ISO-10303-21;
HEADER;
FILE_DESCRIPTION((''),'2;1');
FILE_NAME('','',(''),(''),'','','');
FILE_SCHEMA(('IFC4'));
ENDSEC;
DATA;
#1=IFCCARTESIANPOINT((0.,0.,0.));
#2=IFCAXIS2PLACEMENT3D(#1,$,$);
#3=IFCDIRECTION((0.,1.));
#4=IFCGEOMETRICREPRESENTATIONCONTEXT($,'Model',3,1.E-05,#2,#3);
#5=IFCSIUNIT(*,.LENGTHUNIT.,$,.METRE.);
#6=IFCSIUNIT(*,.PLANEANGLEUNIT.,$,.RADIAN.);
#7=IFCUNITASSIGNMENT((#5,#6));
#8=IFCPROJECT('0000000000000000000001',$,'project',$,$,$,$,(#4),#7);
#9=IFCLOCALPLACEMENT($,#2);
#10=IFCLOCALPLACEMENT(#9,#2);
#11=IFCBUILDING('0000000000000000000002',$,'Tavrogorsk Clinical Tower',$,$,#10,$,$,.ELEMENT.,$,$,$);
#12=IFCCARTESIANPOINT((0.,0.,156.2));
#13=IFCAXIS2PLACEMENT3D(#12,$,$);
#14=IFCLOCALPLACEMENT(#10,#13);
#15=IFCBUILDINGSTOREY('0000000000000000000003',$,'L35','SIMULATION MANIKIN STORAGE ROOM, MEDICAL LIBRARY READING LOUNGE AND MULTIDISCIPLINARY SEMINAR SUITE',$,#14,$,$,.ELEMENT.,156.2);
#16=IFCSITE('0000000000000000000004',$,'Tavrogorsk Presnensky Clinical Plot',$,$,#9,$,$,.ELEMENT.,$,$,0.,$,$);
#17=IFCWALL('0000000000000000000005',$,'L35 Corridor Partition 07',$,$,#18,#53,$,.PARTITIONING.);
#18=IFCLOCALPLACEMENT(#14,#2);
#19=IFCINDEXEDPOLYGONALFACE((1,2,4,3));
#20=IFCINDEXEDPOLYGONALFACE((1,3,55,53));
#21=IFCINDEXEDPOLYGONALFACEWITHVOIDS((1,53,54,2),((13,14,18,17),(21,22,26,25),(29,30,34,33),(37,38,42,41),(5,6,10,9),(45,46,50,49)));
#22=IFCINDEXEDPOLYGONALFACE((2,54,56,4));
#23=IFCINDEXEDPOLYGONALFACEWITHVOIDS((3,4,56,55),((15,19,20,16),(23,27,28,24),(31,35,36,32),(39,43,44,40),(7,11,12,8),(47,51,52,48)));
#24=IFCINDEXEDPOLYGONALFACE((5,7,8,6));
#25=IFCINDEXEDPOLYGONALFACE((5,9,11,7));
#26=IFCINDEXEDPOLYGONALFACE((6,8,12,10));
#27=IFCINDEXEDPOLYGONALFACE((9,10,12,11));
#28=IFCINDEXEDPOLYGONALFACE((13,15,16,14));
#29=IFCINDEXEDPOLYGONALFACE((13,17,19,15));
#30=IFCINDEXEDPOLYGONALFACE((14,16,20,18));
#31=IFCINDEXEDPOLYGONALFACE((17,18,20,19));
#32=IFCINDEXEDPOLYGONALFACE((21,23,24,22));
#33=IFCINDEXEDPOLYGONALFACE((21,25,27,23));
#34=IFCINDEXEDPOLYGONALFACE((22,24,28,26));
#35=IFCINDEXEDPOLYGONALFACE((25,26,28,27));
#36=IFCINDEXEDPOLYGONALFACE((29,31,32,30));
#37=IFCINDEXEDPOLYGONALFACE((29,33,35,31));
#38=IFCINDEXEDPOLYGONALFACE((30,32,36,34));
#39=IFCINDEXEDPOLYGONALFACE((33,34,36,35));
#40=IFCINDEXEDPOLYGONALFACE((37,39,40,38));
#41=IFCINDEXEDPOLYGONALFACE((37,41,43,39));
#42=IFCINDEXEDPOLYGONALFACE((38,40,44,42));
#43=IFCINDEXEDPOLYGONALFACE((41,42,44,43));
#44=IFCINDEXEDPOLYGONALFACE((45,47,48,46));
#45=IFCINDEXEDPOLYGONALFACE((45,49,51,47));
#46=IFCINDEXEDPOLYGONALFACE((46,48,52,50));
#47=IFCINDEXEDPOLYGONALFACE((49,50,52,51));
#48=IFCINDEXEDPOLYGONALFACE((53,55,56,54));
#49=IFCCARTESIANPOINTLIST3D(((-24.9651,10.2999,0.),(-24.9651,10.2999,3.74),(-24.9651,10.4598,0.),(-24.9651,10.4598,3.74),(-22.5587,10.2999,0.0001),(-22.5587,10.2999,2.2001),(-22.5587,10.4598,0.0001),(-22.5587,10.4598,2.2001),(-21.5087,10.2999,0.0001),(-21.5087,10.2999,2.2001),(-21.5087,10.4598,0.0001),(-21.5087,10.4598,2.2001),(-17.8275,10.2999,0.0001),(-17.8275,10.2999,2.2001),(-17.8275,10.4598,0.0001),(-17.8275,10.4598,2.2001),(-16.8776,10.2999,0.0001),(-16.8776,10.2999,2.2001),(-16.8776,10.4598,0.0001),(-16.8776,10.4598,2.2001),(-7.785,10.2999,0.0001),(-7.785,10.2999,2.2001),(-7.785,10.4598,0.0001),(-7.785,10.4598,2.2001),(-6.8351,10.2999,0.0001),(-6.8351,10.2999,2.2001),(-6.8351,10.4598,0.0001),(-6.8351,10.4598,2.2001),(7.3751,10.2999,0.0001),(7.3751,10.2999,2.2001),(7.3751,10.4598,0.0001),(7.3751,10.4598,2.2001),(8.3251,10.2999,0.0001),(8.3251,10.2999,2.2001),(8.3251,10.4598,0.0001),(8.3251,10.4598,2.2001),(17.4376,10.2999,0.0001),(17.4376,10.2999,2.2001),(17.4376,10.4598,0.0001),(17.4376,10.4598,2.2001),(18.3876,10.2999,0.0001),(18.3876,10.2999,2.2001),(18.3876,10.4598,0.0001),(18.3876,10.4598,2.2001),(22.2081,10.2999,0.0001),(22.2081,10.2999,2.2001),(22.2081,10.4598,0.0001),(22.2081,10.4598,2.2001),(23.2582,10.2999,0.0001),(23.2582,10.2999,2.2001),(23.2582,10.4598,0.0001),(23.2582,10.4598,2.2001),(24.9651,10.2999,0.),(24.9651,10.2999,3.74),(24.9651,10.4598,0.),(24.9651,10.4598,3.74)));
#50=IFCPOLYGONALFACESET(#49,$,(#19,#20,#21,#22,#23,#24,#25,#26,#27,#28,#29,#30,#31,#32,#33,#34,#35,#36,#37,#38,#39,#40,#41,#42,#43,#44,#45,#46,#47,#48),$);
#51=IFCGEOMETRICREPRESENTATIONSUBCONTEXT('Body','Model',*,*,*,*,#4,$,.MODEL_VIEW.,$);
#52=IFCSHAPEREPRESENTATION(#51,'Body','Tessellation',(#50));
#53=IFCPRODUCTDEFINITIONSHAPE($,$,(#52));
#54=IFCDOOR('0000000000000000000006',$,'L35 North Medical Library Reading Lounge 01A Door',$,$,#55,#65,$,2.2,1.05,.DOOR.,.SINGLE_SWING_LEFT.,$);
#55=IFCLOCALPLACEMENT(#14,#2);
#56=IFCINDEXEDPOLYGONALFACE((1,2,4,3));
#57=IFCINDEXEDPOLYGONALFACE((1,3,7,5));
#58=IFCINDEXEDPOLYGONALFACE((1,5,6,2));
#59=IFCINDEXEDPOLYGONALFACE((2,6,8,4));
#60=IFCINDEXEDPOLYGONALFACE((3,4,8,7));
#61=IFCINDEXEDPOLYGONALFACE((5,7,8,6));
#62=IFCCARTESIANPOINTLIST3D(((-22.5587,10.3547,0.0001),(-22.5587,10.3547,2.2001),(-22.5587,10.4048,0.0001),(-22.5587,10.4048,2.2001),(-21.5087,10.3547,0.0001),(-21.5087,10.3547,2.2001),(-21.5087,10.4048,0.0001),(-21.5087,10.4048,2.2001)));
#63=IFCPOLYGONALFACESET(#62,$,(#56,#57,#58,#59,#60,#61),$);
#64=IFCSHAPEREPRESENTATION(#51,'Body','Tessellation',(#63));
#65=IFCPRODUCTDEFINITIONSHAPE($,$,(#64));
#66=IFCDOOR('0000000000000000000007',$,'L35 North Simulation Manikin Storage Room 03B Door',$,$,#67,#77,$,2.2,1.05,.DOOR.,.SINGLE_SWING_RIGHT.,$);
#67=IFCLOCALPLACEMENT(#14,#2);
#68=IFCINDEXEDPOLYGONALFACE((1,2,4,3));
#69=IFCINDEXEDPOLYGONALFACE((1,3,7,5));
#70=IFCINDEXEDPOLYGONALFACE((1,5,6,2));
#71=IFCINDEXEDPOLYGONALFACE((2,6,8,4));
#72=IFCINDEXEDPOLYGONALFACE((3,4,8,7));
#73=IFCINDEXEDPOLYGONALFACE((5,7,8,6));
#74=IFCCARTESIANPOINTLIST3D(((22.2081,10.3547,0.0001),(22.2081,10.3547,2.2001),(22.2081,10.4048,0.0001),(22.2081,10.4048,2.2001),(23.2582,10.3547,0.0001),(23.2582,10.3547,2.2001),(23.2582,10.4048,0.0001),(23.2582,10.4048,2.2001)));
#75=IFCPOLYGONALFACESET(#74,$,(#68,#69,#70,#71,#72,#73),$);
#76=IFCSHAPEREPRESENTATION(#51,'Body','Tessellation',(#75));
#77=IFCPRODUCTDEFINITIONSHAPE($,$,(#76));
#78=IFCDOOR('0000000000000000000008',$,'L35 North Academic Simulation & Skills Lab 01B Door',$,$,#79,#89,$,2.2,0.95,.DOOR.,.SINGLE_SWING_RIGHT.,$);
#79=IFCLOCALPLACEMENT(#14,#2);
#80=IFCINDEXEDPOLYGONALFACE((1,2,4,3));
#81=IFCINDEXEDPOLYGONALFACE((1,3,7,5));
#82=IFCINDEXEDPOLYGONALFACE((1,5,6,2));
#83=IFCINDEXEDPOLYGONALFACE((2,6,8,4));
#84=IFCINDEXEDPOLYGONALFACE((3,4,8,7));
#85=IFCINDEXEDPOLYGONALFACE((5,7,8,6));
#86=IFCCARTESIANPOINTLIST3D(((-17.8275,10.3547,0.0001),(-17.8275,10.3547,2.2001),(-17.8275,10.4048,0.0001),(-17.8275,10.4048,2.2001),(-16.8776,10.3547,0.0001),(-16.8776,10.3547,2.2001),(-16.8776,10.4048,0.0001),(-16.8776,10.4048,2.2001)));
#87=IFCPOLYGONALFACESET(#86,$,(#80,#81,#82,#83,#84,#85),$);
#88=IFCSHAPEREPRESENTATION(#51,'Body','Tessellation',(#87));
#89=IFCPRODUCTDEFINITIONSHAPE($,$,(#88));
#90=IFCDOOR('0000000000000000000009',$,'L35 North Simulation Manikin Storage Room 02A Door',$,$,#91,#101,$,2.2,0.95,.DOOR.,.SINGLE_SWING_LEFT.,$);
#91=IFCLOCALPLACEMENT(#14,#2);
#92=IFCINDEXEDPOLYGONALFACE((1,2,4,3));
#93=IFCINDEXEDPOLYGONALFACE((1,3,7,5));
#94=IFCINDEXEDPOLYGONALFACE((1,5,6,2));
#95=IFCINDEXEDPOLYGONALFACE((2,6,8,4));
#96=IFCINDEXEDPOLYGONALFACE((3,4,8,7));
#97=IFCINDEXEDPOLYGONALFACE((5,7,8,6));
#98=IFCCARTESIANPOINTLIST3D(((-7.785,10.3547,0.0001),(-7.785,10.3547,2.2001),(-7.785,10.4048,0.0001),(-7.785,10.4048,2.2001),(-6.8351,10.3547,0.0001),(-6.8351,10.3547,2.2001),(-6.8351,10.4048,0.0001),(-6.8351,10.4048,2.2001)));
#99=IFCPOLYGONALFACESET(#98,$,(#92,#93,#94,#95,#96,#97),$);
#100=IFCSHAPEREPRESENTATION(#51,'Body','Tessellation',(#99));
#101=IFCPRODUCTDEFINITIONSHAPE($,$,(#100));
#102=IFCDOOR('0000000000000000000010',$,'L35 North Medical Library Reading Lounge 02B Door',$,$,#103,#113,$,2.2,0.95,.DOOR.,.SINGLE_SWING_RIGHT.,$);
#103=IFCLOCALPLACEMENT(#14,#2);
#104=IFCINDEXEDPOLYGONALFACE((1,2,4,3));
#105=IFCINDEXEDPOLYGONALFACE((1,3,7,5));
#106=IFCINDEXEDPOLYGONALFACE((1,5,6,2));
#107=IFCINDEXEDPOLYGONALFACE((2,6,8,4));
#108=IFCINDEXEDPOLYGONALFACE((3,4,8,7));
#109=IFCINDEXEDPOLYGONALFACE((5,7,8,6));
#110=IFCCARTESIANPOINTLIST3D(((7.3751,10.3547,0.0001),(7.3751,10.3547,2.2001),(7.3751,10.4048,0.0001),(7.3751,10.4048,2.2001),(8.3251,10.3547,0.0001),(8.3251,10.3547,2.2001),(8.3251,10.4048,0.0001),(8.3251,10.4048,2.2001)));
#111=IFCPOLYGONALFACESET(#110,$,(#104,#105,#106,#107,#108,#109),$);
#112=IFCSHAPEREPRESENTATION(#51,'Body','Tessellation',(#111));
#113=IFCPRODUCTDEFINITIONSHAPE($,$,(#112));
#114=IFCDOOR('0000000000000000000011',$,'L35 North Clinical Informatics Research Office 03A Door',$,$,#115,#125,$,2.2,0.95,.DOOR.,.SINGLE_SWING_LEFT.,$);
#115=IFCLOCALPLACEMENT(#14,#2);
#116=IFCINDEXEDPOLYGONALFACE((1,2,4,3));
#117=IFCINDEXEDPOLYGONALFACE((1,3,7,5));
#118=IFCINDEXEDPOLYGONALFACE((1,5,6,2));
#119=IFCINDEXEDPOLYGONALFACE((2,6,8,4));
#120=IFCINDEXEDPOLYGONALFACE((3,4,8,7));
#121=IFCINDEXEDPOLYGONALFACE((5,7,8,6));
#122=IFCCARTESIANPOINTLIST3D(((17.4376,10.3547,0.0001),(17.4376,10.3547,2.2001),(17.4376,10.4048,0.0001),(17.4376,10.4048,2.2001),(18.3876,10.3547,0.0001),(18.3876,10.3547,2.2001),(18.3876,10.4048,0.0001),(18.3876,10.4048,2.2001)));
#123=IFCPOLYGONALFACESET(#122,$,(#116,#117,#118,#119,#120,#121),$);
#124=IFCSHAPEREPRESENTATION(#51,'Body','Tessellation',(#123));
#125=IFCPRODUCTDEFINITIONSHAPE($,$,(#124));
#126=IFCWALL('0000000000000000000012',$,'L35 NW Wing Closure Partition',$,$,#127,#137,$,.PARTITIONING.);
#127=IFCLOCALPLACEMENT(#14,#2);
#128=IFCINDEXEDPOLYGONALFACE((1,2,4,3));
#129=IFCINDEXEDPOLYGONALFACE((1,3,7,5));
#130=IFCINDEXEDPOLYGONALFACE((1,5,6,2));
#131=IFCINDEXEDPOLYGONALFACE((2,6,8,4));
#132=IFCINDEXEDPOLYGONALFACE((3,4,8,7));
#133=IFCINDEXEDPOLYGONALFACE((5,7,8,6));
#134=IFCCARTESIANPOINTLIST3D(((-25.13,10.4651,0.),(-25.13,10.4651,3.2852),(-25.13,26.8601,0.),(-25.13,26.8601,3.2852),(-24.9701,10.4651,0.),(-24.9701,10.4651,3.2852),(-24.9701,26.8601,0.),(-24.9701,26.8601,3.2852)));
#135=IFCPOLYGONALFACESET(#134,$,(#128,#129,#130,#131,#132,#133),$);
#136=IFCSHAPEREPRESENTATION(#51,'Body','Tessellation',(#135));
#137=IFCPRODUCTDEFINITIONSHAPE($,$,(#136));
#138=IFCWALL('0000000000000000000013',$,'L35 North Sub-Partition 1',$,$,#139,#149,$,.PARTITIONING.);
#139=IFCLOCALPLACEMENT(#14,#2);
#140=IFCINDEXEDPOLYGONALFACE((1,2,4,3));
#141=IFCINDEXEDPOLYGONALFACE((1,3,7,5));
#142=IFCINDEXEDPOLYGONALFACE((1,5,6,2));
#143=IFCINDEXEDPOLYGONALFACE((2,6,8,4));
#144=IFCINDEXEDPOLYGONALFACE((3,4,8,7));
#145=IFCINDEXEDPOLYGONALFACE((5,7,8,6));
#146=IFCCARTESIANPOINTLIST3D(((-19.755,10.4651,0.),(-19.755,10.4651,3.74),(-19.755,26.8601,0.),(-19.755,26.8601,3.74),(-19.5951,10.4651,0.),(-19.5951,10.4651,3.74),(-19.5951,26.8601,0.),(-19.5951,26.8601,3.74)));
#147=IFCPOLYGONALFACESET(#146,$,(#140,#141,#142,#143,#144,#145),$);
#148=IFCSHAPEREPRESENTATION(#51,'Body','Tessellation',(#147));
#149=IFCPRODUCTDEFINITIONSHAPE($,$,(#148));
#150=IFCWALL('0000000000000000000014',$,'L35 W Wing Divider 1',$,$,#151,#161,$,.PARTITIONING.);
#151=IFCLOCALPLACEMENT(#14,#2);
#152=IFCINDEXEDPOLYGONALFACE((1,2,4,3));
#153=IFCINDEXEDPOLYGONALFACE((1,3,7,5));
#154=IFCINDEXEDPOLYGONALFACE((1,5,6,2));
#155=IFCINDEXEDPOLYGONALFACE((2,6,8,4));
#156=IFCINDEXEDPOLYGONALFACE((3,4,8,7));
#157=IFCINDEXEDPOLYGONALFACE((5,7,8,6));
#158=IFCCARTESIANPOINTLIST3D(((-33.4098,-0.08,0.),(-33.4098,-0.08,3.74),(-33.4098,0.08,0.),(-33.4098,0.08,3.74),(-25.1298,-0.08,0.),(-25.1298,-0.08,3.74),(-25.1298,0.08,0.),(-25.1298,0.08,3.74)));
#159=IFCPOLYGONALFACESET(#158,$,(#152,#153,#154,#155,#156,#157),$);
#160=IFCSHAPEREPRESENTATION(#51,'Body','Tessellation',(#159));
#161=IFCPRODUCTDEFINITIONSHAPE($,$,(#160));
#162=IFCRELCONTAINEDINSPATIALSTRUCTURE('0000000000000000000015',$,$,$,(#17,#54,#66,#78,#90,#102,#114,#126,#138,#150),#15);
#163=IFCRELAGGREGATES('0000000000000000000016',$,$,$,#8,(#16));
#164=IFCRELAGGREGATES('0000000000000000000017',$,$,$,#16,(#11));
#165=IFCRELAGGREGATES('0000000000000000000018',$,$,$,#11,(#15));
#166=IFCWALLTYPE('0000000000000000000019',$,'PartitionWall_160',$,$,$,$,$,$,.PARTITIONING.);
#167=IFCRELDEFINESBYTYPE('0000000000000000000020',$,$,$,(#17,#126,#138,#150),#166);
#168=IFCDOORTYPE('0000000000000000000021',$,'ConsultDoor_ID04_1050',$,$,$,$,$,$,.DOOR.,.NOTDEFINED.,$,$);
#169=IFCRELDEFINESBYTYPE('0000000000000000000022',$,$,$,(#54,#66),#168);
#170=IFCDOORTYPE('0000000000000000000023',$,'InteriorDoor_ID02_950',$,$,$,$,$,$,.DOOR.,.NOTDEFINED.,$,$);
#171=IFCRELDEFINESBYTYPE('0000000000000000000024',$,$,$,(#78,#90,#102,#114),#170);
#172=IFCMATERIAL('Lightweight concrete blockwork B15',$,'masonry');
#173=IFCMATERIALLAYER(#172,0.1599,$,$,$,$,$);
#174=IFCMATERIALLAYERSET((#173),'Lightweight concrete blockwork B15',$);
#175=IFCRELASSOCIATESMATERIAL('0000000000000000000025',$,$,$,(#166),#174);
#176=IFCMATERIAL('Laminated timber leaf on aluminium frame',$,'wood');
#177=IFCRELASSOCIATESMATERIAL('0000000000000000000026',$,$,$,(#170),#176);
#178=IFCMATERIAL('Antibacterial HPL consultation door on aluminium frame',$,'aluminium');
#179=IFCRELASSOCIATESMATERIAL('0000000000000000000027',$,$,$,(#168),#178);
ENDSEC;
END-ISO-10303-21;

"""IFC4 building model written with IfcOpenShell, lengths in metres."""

from ifc_helpers import new_model, si_unit, direction, frame, frame_2d, origin, place, context, subcontext, project, spatial, rectangle, extrude, material, layer, layer_set, type_object, element, fill, save


model = new_model("IFC4")

# Units and contexts
model_context = context("Model", 3, precision=1e-05, world=origin(), true_north=direction((0.0, 1.0)))
body_context = subcontext(model_context, "Body", "Model", "MODEL_VIEW")
ifc_project = project(units=[si_unit("LENGTHUNIT", "METRE"), si_unit("PLANEANGLEUNIT", "RADIAN")], contexts=[model_context])

# Site, building, storey
site_placement = place(None, origin())
site = spatial("IfcSite", under=ifc_project, at=site_placement, Name="Tavrogorsk Presnensky Clinical Plot", CompositionType="ELEMENT", RefElevation=0.0)
building_placement = place(site_placement, origin())
building = spatial("IfcBuilding", under=site, at=building_placement, Name="Tavrogorsk Clinical Tower", CompositionType="ELEMENT")
storey_placement = place(building_placement, frame((0.0, 0.0, 156.2)))
storey = spatial("IfcBuildingStorey", under=building, at=storey_placement, Name="L35", Description="SIMULATION MANIKIN STORAGE ROOM, MEDICAL LIBRARY READING LOUNGE AND MULTIDISCIPLINARY SEMINAR SUITE", CompositionType="ELEMENT", Elevation=156.2)

# Shared definitions
ifc_material_1 = material(Name="Lightweight concrete blockwork B15", Category="masonry")
ifc_layer_1 = layer(ifc_material_1, 0.1599)
ifc_layer_set_1 = layer_set([ifc_layer_1], Name="Lightweight concrete blockwork B15")
wall_type_1 = type_object("IfcWallType", Name="PartitionWall_160", PredefinedType="PARTITIONING", material=ifc_layer_set_1)
ifc_material_2 = material(Name="Laminated timber leaf on aluminium frame", Category="wood")
door_type_1 = type_object("IfcDoorType", Name="InteriorDoor_ID02_950", OperationType="NOTDEFINED", PredefinedType="DOOR", material=ifc_material_2)

# Wall, openings, doors
wall_1_placement = place(storey_placement, frame((-24.9651, 10.3799, 0.0), z_axis=(0.0, 0.0, 1.0), x_axis=(1.0, 0.0, 0.0)))
wall_1 = element("IfcWall", 1, at=wall_1_placement, inside=storey, type_object=wall_type_1, Name="L35 Corridor Partition 07", PredefinedType="PARTITIONING", context=body_context, shape_type="SweptSolid", body=[
    extrude(rectangle(XDim=49.9302, YDim=0.1599, at=frame_2d((24.9651, 0.0))), origin(), (0.0, 0.0, 1.0), 3.74),
])
opening_1_placement = place(wall_1_placement, frame((2.4065, 0.0, 0.0)))
opening_1 = element("IfcOpeningElement", 2, at=opening_1_placement, cuts=wall_1, PredefinedType="OPENING", context=body_context, shape_type="SweptSolid", body=[
    extrude(rectangle(XDim=1.05, YDim=2.2, at=frame_2d((0.5249, 1.1001))), frame((0.0, 0.0898, 0.0), z_axis=(0.0, -1.0, 0.0), x_axis=(1.0, 0.0, 0.0)), (0.0, 0.0, 1.0), 0.1799),
])
opening_2_placement = place(wall_1_placement, frame((7.1375, 0.0, 0.0)))
opening_2 = element("IfcOpeningElement", 3, at=opening_2_placement, cuts=wall_1, PredefinedType="OPENING", context=body_context, shape_type="SweptSolid", body=[
    extrude(rectangle(XDim=0.95, YDim=2.2, at=frame_2d((0.4751, 1.1001))), frame((0.0, 0.0898, 0.0), z_axis=(0.0, -1.0, 0.0), x_axis=(1.0, 0.0, 0.0)), (0.0, 0.0, 1.0), 0.1799),
])
opening_3_placement = place(wall_1_placement, frame((17.1799, 0.0, 0.0)))
opening_3 = element("IfcOpeningElement", 4, at=opening_3_placement, cuts=wall_1, PredefinedType="OPENING", context=body_context, shape_type="SweptSolid", body=[
    extrude(rectangle(XDim=0.95, YDim=2.2, at=frame_2d((0.4751, 1.1001))), frame((0.0, 0.0898, 0.0), z_axis=(0.0, -1.0, 0.0), x_axis=(1.0, 0.0, 0.0)), (0.0, 0.0, 1.0), 0.1799),
])
opening_4_placement = place(wall_1_placement, frame((32.3401, 0.0, 0.0)))
opening_4 = element("IfcOpeningElement", 5, at=opening_4_placement, cuts=wall_1, PredefinedType="OPENING", context=body_context, shape_type="SweptSolid", body=[
    extrude(rectangle(XDim=0.95, YDim=2.2, at=frame_2d((0.4751, 1.1001))), frame((0.0, 0.0898, 0.0), z_axis=(0.0, -1.0, 0.0), x_axis=(1.0, 0.0, 0.0)), (0.0, 0.0, 1.0), 0.1799),
])
opening_5_placement = place(wall_1_placement, frame((42.4026, 0.0, 0.0)))
opening_5 = element("IfcOpeningElement", 6, at=opening_5_placement, cuts=wall_1, PredefinedType="OPENING", context=body_context, shape_type="SweptSolid", body=[
    extrude(rectangle(XDim=0.95, YDim=2.2, at=frame_2d((0.4751, 1.1001))), frame((0.0, 0.0898, 0.0), z_axis=(0.0, -1.0, 0.0), x_axis=(1.0, 0.0, 0.0)), (0.0, 0.0, 1.0), 0.1799),
])
opening_6_placement = place(wall_1_placement, frame((47.1733, 0.0, 0.0)))
opening_6 = element("IfcOpeningElement", 7, at=opening_6_placement, cuts=wall_1, PredefinedType="OPENING", context=body_context, shape_type="SweptSolid", body=[
    extrude(rectangle(XDim=1.05, YDim=2.2, at=frame_2d((0.5249, 1.1001))), frame((0.0, 0.0898, 0.0), z_axis=(0.0, -1.0, 0.0), x_axis=(1.0, 0.0, 0.0)), (0.0, 0.0, 1.0), 0.1799),
])
ifc_material_3 = material(Name="Antibacterial HPL consultation door on aluminium frame", Category="aluminium")
door_type_2 = type_object("IfcDoorType", Name="ConsultDoor_ID04_1050", OperationType="NOTDEFINED", PredefinedType="DOOR", material=ifc_material_3)
door_1_placement = place(opening_1_placement, origin())
door_1 = element("IfcDoor", 8, at=door_1_placement, inside=storey, type_object=door_type_2, Name="L35 North Medical Library Reading Lounge 01A Door", OperationType="SINGLE_SWING_LEFT", OverallHeight=2.2, OverallWidth=1.05, PredefinedType="DOOR", context=body_context, shape_type="SweptSolid", body=[
    extrude(rectangle(XDim=1.05, YDim=2.2, at=frame_2d((0.5249, 1.1001))), frame((0.0, 0.0249, 0.0), z_axis=(0.0, -1.0, 0.0), x_axis=(1.0, 0.0, 0.0)), (0.0, 0.0, 1.0), 0.05),
])
fill(opening_1, door_1)
door_2_placement = place(opening_6_placement, origin())
door_2 = element("IfcDoor", 9, at=door_2_placement, inside=storey, type_object=door_type_2, Name="L35 North Simulation Manikin Storage Room 03B Door", OperationType="SINGLE_SWING_RIGHT", OverallHeight=2.2, OverallWidth=1.05, PredefinedType="DOOR", context=body_context, shape_type="SweptSolid", body=[
    extrude(rectangle(XDim=1.05, YDim=2.2, at=frame_2d((0.5249, 1.1001))), frame((0.0, 0.0249, 0.0), z_axis=(0.0, -1.0, 0.0), x_axis=(1.0, 0.0, 0.0)), (0.0, 0.0, 1.0), 0.05),
])
fill(opening_6, door_2)
door_3_placement = place(opening_2_placement, origin())
door_3 = element("IfcDoor", 10, at=door_3_placement, inside=storey, type_object=door_type_1, Name="L35 North Academic Simulation & Skills Lab 01B Door", OperationType="SINGLE_SWING_RIGHT", OverallHeight=2.2, OverallWidth=0.95, PredefinedType="DOOR", context=body_context, shape_type="SweptSolid", body=[
    extrude(rectangle(XDim=0.95, YDim=2.2, at=frame_2d((0.4751, 1.1001))), frame((0.0, 0.0249, 0.0), z_axis=(0.0, -1.0, 0.0), x_axis=(1.0, 0.0, 0.0)), (0.0, 0.0, 1.0), 0.05),
])
fill(opening_2, door_3)
door_4_placement = place(opening_3_placement, origin())
door_4 = element("IfcDoor", 11, at=door_4_placement, inside=storey, type_object=door_type_1, Name="L35 North Simulation Manikin Storage Room 02A Door", OperationType="SINGLE_SWING_LEFT", OverallHeight=2.2, OverallWidth=0.95, PredefinedType="DOOR", context=body_context, shape_type="SweptSolid", body=[
    extrude(rectangle(XDim=0.95, YDim=2.2, at=frame_2d((0.4751, 1.1001))), frame((0.0, 0.0249, 0.0), z_axis=(0.0, -1.0, 0.0), x_axis=(1.0, 0.0, 0.0)), (0.0, 0.0, 1.0), 0.05),
])
fill(opening_3, door_4)
door_5_placement = place(opening_4_placement, origin())
door_5 = element("IfcDoor", 12, at=door_5_placement, inside=storey, type_object=door_type_1, Name="L35 North Medical Library Reading Lounge 02B Door", OperationType="SINGLE_SWING_RIGHT", OverallHeight=2.2, OverallWidth=0.95, PredefinedType="DOOR", context=body_context, shape_type="SweptSolid", body=[
    extrude(rectangle(XDim=0.95, YDim=2.2, at=frame_2d((0.4751, 1.1001))), frame((0.0, 0.0249, 0.0), z_axis=(0.0, -1.0, 0.0), x_axis=(1.0, 0.0, 0.0)), (0.0, 0.0, 1.0), 0.05),
])
fill(opening_4, door_5)
door_6_placement = place(opening_5_placement, origin())
door_6 = element("IfcDoor", 13, at=door_6_placement, inside=storey, type_object=door_type_1, Name="L35 North Clinical Informatics Research Office 03A Door", OperationType="SINGLE_SWING_LEFT", OverallHeight=2.2, OverallWidth=0.95, PredefinedType="DOOR", context=body_context, shape_type="SweptSolid", body=[
    extrude(rectangle(XDim=0.95, YDim=2.2, at=frame_2d((0.4751, 1.1001))), frame((0.0, 0.0249, 0.0), z_axis=(0.0, -1.0, 0.0), x_axis=(1.0, 0.0, 0.0)), (0.0, 0.0, 1.0), 0.05),
])
fill(opening_5, door_6)

# Walls
wall_2_placement = place(storey_placement, frame((-25.05, 10.4651, 0.0), z_axis=(0.0, 0.0, 1.0), x_axis=(0.0, 1.0, 0.0)))
element("IfcWall", 14, at=wall_2_placement, inside=storey, type_object=wall_type_1, Name="L35 NW Wing Closure Partition", PredefinedType="PARTITIONING", context=body_context, shape_type="SweptSolid", body=[
    extrude(rectangle(XDim=16.395, YDim=0.1599, at=frame_2d((8.1975, 0.0))), origin(), (0.0, 0.0, 1.0), 3.2852),
])
wall_3_placement = place(storey_placement, frame((-19.675, 10.4651, 0.0), z_axis=(0.0, 0.0, 1.0), x_axis=(0.0, 1.0, 0.0)))
element("IfcWall", 15, at=wall_3_placement, inside=storey, type_object=wall_type_1, Name="L35 North Sub-Partition 1", PredefinedType="PARTITIONING", context=body_context, shape_type="SweptSolid", body=[
    extrude(rectangle(XDim=16.395, YDim=0.1599, at=frame_2d((8.1975, 0.0))), origin(), (0.0, 0.0, 1.0), 3.74),
])
wall_4_placement = place(storey_placement, frame((-33.4099, 0.0, 0.0), z_axis=(0.0, 0.0, 1.0), x_axis=(1.0, 0.0, 0.0)))
element("IfcWall", 16, at=wall_4_placement, inside=storey, type_object=wall_type_1, Name="L35 W Wing Divider 1", PredefinedType="PARTITIONING", context=body_context, shape_type="SweptSolid", body=[
    extrude(rectangle(XDim=8.28, YDim=0.1599, at=frame_2d((4.1401, 0.0))), origin(), (0.0, 0.0, 1.0), 3.74),
])

save(model, "model.ifc")
